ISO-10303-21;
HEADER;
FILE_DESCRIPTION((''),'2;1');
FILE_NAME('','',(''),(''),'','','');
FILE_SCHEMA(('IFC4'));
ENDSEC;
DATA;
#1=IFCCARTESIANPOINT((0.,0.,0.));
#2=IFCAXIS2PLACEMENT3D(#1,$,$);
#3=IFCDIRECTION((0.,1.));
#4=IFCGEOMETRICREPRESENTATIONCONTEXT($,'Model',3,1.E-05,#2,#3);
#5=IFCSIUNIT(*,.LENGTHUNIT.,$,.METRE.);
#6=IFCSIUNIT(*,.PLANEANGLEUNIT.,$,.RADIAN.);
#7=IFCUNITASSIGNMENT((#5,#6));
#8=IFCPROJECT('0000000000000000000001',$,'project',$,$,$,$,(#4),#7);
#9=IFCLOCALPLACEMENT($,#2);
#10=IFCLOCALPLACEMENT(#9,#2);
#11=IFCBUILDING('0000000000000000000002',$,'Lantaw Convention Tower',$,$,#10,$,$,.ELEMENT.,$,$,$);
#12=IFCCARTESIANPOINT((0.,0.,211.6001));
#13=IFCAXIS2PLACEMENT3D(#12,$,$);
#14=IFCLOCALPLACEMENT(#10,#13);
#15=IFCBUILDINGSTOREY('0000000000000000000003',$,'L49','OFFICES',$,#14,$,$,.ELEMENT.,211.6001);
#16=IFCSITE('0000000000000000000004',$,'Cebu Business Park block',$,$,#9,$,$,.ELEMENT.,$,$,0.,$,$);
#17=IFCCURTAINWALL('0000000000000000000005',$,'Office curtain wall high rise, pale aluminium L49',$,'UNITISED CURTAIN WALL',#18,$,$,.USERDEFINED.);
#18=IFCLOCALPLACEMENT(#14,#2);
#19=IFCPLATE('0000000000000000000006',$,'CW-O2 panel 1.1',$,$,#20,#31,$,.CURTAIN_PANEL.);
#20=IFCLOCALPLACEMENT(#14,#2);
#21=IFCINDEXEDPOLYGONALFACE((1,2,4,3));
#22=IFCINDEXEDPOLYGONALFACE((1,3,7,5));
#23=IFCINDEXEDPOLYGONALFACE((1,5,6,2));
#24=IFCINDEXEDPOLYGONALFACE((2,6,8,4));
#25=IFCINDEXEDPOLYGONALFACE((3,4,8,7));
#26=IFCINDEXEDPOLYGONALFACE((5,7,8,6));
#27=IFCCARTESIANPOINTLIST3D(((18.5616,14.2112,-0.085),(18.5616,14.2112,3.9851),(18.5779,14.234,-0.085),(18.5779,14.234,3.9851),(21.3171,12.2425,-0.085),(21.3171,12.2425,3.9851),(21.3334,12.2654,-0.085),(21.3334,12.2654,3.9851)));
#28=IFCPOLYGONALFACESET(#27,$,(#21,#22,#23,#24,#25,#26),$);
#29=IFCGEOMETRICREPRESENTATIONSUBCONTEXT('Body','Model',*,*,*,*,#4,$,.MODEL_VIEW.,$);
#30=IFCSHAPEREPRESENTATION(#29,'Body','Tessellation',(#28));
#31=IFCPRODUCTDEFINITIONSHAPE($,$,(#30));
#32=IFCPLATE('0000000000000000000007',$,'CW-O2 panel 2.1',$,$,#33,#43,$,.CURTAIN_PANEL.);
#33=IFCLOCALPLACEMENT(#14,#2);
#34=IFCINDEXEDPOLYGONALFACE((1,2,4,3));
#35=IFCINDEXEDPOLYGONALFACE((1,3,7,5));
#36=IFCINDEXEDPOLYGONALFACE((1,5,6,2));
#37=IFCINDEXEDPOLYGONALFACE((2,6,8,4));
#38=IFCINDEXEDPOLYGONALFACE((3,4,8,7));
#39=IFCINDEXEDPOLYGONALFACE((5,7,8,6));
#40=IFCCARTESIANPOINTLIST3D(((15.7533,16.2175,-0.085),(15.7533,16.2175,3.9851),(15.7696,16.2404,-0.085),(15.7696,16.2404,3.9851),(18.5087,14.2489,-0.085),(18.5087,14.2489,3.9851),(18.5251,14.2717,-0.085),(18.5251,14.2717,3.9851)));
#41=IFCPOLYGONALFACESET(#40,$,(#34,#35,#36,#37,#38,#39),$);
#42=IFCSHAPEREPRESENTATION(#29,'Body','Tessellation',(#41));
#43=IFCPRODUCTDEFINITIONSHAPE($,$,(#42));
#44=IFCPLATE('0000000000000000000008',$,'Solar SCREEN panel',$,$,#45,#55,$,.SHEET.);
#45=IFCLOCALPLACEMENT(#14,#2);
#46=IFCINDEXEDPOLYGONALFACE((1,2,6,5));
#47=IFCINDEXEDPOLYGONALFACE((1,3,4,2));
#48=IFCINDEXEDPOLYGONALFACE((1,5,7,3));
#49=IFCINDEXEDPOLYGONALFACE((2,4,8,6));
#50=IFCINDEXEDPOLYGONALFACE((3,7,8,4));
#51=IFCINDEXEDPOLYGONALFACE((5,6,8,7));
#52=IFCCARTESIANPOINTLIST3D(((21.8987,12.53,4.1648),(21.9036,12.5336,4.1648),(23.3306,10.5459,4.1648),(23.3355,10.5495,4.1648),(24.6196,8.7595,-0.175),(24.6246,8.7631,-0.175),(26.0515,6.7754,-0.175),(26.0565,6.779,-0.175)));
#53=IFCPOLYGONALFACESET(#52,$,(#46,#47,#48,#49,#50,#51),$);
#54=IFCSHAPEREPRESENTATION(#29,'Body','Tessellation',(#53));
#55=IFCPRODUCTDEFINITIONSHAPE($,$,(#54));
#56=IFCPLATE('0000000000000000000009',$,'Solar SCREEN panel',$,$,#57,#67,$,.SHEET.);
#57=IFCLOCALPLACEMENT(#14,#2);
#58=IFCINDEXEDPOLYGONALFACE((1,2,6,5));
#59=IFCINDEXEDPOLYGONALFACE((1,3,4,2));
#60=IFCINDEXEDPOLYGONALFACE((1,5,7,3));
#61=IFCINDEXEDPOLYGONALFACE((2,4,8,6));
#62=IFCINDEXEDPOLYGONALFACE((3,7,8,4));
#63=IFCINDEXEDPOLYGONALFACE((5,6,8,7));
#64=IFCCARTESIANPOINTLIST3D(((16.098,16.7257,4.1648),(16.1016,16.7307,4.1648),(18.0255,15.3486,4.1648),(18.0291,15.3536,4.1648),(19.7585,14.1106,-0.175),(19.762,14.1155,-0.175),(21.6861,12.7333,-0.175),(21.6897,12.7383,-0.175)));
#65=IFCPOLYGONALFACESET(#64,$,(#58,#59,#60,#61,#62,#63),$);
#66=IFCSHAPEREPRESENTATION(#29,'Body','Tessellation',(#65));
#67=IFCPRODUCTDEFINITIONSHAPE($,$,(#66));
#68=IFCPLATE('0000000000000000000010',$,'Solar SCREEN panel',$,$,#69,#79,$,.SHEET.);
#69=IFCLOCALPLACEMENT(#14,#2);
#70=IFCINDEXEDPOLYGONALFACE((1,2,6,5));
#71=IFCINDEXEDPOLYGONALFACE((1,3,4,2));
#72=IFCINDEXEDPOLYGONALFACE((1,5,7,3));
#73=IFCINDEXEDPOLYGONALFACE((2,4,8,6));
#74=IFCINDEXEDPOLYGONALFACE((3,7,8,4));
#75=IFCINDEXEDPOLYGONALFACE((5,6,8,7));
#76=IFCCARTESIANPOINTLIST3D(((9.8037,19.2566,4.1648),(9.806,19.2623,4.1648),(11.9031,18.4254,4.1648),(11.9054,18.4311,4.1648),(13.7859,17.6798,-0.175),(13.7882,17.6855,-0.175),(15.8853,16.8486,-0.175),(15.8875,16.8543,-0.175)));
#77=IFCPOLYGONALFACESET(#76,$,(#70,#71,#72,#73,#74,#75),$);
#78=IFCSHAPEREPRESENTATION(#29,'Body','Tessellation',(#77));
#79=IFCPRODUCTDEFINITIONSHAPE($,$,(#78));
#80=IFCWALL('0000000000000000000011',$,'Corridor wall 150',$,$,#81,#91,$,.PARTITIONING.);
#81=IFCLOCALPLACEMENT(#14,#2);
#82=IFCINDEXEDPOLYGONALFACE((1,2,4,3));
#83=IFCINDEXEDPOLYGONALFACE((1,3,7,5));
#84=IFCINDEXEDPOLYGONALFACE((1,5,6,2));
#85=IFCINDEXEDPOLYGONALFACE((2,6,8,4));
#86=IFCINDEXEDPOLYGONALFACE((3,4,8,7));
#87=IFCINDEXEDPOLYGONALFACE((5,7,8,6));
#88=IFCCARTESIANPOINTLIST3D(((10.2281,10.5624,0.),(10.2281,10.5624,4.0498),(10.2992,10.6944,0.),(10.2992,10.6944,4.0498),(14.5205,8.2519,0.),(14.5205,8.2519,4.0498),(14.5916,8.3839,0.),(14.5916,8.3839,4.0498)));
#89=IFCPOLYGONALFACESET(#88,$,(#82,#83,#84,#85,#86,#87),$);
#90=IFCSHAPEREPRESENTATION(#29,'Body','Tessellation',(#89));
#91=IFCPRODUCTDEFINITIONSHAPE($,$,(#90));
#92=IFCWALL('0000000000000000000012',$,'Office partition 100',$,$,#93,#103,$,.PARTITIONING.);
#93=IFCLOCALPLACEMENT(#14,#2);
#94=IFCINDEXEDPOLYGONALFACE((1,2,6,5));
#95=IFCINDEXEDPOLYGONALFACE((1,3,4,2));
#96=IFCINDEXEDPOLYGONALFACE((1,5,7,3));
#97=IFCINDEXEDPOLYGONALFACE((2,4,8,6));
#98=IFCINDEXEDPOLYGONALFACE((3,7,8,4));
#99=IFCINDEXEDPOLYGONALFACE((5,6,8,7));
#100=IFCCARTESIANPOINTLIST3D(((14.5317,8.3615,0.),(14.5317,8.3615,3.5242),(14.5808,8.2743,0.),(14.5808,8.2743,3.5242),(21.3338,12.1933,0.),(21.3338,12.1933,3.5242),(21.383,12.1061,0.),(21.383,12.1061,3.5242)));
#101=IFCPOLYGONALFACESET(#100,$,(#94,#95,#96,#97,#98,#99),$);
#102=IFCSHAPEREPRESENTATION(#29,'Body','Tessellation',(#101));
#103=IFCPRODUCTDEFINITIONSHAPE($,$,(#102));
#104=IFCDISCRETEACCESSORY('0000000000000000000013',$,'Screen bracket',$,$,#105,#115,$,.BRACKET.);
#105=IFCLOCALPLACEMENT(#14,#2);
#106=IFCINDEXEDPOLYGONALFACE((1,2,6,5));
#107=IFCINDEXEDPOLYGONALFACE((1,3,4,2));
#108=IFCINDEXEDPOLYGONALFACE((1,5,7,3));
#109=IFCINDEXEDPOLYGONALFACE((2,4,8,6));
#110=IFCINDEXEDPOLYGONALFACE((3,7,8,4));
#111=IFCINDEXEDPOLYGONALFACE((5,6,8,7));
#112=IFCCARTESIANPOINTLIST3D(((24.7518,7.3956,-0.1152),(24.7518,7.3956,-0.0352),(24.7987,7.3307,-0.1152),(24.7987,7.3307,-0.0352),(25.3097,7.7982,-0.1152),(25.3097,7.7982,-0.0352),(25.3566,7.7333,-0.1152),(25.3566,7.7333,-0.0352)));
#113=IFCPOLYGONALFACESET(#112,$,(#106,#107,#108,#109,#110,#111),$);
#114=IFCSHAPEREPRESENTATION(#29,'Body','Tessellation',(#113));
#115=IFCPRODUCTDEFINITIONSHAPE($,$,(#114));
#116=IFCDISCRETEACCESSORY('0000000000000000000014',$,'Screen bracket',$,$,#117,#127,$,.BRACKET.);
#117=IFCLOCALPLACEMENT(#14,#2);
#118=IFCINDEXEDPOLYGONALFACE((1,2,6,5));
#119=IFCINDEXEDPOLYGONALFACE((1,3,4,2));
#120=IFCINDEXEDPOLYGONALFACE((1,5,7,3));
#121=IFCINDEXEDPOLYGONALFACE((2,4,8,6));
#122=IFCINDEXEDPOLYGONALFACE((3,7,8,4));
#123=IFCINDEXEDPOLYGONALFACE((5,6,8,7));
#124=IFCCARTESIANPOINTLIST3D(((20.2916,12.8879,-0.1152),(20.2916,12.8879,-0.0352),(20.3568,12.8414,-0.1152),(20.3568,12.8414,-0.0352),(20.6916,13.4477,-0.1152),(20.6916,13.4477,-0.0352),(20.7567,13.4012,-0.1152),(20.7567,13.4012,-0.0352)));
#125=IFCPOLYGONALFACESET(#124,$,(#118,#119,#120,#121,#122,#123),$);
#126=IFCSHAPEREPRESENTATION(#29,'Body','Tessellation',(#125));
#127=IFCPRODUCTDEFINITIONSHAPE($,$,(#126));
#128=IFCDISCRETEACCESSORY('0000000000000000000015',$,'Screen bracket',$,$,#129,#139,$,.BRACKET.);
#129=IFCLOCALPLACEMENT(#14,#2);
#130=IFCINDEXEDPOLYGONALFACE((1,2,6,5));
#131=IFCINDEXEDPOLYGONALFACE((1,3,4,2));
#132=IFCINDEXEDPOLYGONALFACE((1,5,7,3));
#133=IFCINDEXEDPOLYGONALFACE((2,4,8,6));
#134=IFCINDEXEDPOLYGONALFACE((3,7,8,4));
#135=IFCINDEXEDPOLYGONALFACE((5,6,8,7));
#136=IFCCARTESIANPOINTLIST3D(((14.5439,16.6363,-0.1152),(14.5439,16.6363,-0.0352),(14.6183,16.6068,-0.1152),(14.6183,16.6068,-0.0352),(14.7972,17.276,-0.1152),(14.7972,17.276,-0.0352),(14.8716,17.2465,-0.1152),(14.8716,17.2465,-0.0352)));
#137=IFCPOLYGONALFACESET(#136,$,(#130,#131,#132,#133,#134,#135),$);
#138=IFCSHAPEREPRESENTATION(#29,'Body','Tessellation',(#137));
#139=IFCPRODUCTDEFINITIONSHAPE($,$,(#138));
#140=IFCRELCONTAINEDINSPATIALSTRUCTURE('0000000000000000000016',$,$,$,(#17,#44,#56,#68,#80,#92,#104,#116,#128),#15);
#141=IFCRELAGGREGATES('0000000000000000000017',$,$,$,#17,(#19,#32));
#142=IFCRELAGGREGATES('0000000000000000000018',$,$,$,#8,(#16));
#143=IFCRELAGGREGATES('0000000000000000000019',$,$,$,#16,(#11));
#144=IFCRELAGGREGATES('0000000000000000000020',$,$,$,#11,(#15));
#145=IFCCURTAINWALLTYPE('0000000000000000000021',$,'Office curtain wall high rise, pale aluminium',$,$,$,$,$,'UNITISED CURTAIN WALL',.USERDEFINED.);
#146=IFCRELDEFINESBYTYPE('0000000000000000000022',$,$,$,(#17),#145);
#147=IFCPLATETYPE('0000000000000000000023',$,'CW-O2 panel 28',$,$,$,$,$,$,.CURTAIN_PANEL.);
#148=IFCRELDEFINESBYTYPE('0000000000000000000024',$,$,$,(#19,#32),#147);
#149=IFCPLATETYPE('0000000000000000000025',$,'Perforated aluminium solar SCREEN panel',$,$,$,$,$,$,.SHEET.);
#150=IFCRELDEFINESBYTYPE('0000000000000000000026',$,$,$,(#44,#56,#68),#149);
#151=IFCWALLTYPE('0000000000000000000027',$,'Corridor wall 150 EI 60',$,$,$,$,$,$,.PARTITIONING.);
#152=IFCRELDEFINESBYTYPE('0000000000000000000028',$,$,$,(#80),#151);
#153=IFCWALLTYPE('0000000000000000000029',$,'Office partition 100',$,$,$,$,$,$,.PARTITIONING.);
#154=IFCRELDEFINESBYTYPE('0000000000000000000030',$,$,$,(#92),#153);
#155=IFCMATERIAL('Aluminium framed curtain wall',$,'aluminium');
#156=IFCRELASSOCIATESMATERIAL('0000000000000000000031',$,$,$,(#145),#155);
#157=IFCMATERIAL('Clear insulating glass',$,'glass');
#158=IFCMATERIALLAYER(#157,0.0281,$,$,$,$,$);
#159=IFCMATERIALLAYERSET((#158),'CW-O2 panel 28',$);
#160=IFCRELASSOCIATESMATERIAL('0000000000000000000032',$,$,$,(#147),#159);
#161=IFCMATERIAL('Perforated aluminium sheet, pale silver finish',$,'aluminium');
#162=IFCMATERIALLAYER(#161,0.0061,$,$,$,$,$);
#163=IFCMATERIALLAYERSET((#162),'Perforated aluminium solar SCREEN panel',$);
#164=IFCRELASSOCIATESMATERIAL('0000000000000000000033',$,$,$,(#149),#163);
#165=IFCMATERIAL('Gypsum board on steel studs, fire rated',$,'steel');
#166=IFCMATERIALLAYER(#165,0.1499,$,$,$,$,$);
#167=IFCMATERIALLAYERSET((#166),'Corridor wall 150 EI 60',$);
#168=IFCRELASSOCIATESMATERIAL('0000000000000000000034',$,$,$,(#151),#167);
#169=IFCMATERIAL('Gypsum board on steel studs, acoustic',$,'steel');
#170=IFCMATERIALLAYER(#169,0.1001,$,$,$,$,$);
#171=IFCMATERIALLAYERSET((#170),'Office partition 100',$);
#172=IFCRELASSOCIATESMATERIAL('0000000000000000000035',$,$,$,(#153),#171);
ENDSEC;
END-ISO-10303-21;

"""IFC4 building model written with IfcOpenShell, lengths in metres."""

from ifc_helpers import new_model, si_unit, direction, frame, frame_2d, origin, origin_2d, place, context, subcontext, project, spatial, polyline, rectangle, outline, extrude, material, layer, layer_set, type_object, element, aggregate, save


model = new_model("IFC4")

# Units and contexts
model_context = context("Model", 3, precision=1e-05, world=origin(), true_north=direction((0.0, 1.0)))
body_context = subcontext(model_context, "Body", "Model", "MODEL_VIEW")
ifc_project = project(units=[si_unit("LENGTHUNIT", "METRE"), si_unit("PLANEANGLEUNIT", "RADIAN")], contexts=[model_context])

# Site, building, storey
site_placement = place(None, origin())
site = spatial("IfcSite", under=ifc_project, at=site_placement, Name="Cebu Business Park block", CompositionType="ELEMENT", RefElevation=0.0)
building_placement = place(site_placement, origin())
building = spatial("IfcBuilding", under=site, at=building_placement, Name="Lantaw Convention Tower", CompositionType="ELEMENT")
storey_placement = place(building_placement, frame((0.0, 0.0, 211.6001)))
storey = spatial("IfcBuildingStorey", under=building, at=storey_placement, Name="L49", Description="OFFICES", CompositionType="ELEMENT", Elevation=211.6001)

# Curtain wall
ifc_material_1 = material(Name="Aluminium framed curtain wall", Category="aluminium")
curtain_wall_type = type_object("IfcCurtainWallType", Name="Office curtain wall high rise, pale aluminium", ElementType="UNITISED CURTAIN WALL", PredefinedType="USERDEFINED", material=ifc_material_1)
curtain_wall_1_placement = place(storey_placement, origin())
curtain_wall_1 = element("IfcCurtainWall", 1, at=curtain_wall_1_placement, inside=storey, type_object=curtain_wall_type, Name="Office curtain wall high rise, pale aluminium L49", ObjectType="UNITISED CURTAIN WALL", PredefinedType="USERDEFINED")

# Plates
ifc_material_2 = material(Name="Clear insulating glass", Category="glass")
ifc_layer_1 = layer(ifc_material_2, 0.0281)
ifc_layer_set_1 = layer_set([ifc_layer_1], Name="CW-O2 panel 28")
plate_type_1 = type_object("IfcPlateType", Name="CW-O2 panel 28", PredefinedType="CURTAIN_PANEL", material=ifc_layer_set_1)
plate_1_placement = place(storey_placement, frame((19.9475, 13.2383, -0.085), z_axis=(0.0, 0.0, 1.0), x_axis=(-0.813673, 0.581323, 0.0)))
plate_1 = element("IfcPlate", 2, at=plate_1_placement, type_object=plate_type_1, Name="CW-O2 panel 1.1", PredefinedType="CURTAIN_PANEL", context=body_context, shape_type="SweptSolid", body=[
    extrude(rectangle(XDim=3.3865, YDim=0.0281, at=origin_2d()), origin(), (0.0, 0.0, 1.0), 4.0701),
])
plate_2_placement = place(storey_placement, frame((17.1392, 15.2446, -0.085), z_axis=(0.0, 0.0, 1.0), x_axis=(-0.813673, 0.581323, 0.0)))
plate_2 = element("IfcPlate", 3, at=plate_2_placement, type_object=plate_type_1, Name="CW-O2 panel 2.1", PredefinedType="CURTAIN_PANEL", context=body_context, shape_type="SweptSolid", body=[
    extrude(rectangle(XDim=3.3865, YDim=0.0281, at=origin_2d()), origin(), (0.0, 0.0, 1.0), 4.0701),
])
aggregate(curtain_wall_1, [plate_1, plate_2])

# Plates
ifc_material_3 = material(Name="Perforated aluminium sheet, pale silver finish", Category="aluminium")
ifc_layer_2 = layer(ifc_material_3, 0.0061)
ifc_layer_set_2 = layer_set([ifc_layer_2], Name="Perforated aluminium solar SCREEN panel")
plate_type_2 = type_object("IfcPlateType", Name="Perforated aluminium solar SCREEN panel", PredefinedType="SHEET", material=ifc_layer_set_2)
plate_3_placement = place(storey_placement, frame((26.0515, 6.7754, -0.175), z_axis=(-0.810892, -0.585195, 0.00002), x_axis=(-0.585195, 0.810892, 0.0)))
element("IfcPlate", 4, at=plate_3_placement, inside=storey, type_object=plate_type_2, Name="Solar SCREEN panel", PredefinedType="SHEET", context=body_context, shape_type="SweptSolid", body=[
    extrude(outline(polyline([(0.0, 0.0), (2.4468, 0.0), (7.0966, -4.3398), (4.6498, -4.3398), (0.0, 0.0)])), origin(), (0.0, 0.0, -1.0), 0.0061),
])
plate_4_placement = place(storey_placement, frame((21.6897, 12.7383, -0.175), z_axis=(0.581331, 0.813667, 0.00001), x_axis=(-0.813667, 0.581331, 0.0)))
element("IfcPlate", 5, at=plate_4_placement, inside=storey, type_object=plate_type_2, Name="Solar SCREEN panel", PredefinedType="SHEET", context=body_context, shape_type="SweptSolid", body=[
    extrude(outline(polyline([(0.0, 0.0), (2.3691, 0.0), (6.8678, 4.3398), (4.4989, 4.3398), (0.0, 0.0)])), origin(), (0.0, 0.0, -1.0), 0.0061),
])
plate_5_placement = place(storey_placement, frame((15.8853, 16.8486, -0.175), z_axis=(-0.368117, -0.92978, 0.000036), x_axis=(-0.92978, 0.368117, 0.0)))
element("IfcPlate", 6, at=plate_5_placement, inside=storey, type_object=plate_type_2, Name="Solar SCREEN panel", PredefinedType="SHEET", context=body_context, shape_type="SweptSolid", body=[
    extrude(outline(polyline([(0.0, 0.0), (2.2579, 0.0), (6.5409, -4.3398), (4.2829, -4.3398), (0.0, 0.0)])), origin(), (0.0, 0.0, -1.0), 0.0061),
])

# Walls
ifc_material_4 = material(Name="Gypsum board on steel studs, fire rated", Category="steel")
ifc_layer_3 = layer(ifc_material_4, 0.1499)
ifc_layer_set_3 = layer_set([ifc_layer_3], Name="Corridor wall 150 EI 60")
wall_type_1 = type_object("IfcWallType", Name="Corridor wall 150 EI 60", PredefinedType="PARTITIONING", material=ifc_layer_set_3)
wall_1_placement = place(storey_placement, frame((14.5562, 8.3179, 0.0), z_axis=(0.0, 0.0, 1.0), x_axis=(-0.880539, 0.473974, 0.0)))
element("IfcWall", 7, at=wall_1_placement, inside=storey, type_object=wall_type_1, Name="Corridor wall 150", PredefinedType="PARTITIONING", context=body_context, shape_type="SweptSolid", body=[
    extrude(rectangle(XDim=4.8748, YDim=0.1499, at=frame_2d((2.4375, 0.0))), origin(), (0.0, 0.0, 1.0), 4.0498),
])
ifc_material_5 = material(Name="Gypsum board on steel studs, acoustic", Category="steel")
ifc_layer_4 = layer(ifc_material_5, 0.1001)
ifc_layer_set_4 = layer_set([ifc_layer_4], Name="Office partition 100")
wall_type_2 = type_object("IfcWallType", Name="Office partition 100", PredefinedType="PARTITIONING", material=ifc_layer_set_4)
wall_2_placement = place(storey_placement, frame((21.3584, 12.1497, 0.0), z_axis=(0.0, 0.0, 1.0), x_axis=(-0.871273, -0.490799, 0.0)))
element("IfcWall", 8, at=wall_2_placement, inside=storey, type_object=wall_type_2, Name="Office partition 100", PredefinedType="PARTITIONING", context=body_context, shape_type="SweptSolid", body=[
    extrude(rectangle(XDim=7.8071, YDim=0.1001, at=frame_2d((3.9036, 0.0))), origin(), (0.0, 0.0, 1.0), 3.5242),
])

# Discrete accessories
for number, where, z_axis, x_axis, name in (
    (9, (25.0542, 7.5645, -0.1152), (0.0, 0.0, 1.0), (-0.585158, 0.81092, 0.0), "Screen bracket"),
    (10, (20.5242, 13.1445, -0.1152), (0.0, 0.0, 1.0), (-0.813673, 0.581323, 0.0), "Screen bracket"),
    (11, (14.7078, 16.9414, -0.1152), (0.0, 0.0, 1.0), (-0.929762, 0.368162, 0.0), "Screen bracket"),
):
    element("IfcDiscreteAccessory", number, at=place(storey_placement, frame(where, z_axis=z_axis, x_axis=x_axis)), inside=storey, Name=name, PredefinedType="BRACKET", context=body_context, shape_type="SweptSolid", body=[
        extrude(rectangle(XDim=0.0801, YDim=0.688, at=origin_2d()), origin(), (0.0, 0.0, 1.0), 0.0801),
    ])

save(model, "model.ifc")
